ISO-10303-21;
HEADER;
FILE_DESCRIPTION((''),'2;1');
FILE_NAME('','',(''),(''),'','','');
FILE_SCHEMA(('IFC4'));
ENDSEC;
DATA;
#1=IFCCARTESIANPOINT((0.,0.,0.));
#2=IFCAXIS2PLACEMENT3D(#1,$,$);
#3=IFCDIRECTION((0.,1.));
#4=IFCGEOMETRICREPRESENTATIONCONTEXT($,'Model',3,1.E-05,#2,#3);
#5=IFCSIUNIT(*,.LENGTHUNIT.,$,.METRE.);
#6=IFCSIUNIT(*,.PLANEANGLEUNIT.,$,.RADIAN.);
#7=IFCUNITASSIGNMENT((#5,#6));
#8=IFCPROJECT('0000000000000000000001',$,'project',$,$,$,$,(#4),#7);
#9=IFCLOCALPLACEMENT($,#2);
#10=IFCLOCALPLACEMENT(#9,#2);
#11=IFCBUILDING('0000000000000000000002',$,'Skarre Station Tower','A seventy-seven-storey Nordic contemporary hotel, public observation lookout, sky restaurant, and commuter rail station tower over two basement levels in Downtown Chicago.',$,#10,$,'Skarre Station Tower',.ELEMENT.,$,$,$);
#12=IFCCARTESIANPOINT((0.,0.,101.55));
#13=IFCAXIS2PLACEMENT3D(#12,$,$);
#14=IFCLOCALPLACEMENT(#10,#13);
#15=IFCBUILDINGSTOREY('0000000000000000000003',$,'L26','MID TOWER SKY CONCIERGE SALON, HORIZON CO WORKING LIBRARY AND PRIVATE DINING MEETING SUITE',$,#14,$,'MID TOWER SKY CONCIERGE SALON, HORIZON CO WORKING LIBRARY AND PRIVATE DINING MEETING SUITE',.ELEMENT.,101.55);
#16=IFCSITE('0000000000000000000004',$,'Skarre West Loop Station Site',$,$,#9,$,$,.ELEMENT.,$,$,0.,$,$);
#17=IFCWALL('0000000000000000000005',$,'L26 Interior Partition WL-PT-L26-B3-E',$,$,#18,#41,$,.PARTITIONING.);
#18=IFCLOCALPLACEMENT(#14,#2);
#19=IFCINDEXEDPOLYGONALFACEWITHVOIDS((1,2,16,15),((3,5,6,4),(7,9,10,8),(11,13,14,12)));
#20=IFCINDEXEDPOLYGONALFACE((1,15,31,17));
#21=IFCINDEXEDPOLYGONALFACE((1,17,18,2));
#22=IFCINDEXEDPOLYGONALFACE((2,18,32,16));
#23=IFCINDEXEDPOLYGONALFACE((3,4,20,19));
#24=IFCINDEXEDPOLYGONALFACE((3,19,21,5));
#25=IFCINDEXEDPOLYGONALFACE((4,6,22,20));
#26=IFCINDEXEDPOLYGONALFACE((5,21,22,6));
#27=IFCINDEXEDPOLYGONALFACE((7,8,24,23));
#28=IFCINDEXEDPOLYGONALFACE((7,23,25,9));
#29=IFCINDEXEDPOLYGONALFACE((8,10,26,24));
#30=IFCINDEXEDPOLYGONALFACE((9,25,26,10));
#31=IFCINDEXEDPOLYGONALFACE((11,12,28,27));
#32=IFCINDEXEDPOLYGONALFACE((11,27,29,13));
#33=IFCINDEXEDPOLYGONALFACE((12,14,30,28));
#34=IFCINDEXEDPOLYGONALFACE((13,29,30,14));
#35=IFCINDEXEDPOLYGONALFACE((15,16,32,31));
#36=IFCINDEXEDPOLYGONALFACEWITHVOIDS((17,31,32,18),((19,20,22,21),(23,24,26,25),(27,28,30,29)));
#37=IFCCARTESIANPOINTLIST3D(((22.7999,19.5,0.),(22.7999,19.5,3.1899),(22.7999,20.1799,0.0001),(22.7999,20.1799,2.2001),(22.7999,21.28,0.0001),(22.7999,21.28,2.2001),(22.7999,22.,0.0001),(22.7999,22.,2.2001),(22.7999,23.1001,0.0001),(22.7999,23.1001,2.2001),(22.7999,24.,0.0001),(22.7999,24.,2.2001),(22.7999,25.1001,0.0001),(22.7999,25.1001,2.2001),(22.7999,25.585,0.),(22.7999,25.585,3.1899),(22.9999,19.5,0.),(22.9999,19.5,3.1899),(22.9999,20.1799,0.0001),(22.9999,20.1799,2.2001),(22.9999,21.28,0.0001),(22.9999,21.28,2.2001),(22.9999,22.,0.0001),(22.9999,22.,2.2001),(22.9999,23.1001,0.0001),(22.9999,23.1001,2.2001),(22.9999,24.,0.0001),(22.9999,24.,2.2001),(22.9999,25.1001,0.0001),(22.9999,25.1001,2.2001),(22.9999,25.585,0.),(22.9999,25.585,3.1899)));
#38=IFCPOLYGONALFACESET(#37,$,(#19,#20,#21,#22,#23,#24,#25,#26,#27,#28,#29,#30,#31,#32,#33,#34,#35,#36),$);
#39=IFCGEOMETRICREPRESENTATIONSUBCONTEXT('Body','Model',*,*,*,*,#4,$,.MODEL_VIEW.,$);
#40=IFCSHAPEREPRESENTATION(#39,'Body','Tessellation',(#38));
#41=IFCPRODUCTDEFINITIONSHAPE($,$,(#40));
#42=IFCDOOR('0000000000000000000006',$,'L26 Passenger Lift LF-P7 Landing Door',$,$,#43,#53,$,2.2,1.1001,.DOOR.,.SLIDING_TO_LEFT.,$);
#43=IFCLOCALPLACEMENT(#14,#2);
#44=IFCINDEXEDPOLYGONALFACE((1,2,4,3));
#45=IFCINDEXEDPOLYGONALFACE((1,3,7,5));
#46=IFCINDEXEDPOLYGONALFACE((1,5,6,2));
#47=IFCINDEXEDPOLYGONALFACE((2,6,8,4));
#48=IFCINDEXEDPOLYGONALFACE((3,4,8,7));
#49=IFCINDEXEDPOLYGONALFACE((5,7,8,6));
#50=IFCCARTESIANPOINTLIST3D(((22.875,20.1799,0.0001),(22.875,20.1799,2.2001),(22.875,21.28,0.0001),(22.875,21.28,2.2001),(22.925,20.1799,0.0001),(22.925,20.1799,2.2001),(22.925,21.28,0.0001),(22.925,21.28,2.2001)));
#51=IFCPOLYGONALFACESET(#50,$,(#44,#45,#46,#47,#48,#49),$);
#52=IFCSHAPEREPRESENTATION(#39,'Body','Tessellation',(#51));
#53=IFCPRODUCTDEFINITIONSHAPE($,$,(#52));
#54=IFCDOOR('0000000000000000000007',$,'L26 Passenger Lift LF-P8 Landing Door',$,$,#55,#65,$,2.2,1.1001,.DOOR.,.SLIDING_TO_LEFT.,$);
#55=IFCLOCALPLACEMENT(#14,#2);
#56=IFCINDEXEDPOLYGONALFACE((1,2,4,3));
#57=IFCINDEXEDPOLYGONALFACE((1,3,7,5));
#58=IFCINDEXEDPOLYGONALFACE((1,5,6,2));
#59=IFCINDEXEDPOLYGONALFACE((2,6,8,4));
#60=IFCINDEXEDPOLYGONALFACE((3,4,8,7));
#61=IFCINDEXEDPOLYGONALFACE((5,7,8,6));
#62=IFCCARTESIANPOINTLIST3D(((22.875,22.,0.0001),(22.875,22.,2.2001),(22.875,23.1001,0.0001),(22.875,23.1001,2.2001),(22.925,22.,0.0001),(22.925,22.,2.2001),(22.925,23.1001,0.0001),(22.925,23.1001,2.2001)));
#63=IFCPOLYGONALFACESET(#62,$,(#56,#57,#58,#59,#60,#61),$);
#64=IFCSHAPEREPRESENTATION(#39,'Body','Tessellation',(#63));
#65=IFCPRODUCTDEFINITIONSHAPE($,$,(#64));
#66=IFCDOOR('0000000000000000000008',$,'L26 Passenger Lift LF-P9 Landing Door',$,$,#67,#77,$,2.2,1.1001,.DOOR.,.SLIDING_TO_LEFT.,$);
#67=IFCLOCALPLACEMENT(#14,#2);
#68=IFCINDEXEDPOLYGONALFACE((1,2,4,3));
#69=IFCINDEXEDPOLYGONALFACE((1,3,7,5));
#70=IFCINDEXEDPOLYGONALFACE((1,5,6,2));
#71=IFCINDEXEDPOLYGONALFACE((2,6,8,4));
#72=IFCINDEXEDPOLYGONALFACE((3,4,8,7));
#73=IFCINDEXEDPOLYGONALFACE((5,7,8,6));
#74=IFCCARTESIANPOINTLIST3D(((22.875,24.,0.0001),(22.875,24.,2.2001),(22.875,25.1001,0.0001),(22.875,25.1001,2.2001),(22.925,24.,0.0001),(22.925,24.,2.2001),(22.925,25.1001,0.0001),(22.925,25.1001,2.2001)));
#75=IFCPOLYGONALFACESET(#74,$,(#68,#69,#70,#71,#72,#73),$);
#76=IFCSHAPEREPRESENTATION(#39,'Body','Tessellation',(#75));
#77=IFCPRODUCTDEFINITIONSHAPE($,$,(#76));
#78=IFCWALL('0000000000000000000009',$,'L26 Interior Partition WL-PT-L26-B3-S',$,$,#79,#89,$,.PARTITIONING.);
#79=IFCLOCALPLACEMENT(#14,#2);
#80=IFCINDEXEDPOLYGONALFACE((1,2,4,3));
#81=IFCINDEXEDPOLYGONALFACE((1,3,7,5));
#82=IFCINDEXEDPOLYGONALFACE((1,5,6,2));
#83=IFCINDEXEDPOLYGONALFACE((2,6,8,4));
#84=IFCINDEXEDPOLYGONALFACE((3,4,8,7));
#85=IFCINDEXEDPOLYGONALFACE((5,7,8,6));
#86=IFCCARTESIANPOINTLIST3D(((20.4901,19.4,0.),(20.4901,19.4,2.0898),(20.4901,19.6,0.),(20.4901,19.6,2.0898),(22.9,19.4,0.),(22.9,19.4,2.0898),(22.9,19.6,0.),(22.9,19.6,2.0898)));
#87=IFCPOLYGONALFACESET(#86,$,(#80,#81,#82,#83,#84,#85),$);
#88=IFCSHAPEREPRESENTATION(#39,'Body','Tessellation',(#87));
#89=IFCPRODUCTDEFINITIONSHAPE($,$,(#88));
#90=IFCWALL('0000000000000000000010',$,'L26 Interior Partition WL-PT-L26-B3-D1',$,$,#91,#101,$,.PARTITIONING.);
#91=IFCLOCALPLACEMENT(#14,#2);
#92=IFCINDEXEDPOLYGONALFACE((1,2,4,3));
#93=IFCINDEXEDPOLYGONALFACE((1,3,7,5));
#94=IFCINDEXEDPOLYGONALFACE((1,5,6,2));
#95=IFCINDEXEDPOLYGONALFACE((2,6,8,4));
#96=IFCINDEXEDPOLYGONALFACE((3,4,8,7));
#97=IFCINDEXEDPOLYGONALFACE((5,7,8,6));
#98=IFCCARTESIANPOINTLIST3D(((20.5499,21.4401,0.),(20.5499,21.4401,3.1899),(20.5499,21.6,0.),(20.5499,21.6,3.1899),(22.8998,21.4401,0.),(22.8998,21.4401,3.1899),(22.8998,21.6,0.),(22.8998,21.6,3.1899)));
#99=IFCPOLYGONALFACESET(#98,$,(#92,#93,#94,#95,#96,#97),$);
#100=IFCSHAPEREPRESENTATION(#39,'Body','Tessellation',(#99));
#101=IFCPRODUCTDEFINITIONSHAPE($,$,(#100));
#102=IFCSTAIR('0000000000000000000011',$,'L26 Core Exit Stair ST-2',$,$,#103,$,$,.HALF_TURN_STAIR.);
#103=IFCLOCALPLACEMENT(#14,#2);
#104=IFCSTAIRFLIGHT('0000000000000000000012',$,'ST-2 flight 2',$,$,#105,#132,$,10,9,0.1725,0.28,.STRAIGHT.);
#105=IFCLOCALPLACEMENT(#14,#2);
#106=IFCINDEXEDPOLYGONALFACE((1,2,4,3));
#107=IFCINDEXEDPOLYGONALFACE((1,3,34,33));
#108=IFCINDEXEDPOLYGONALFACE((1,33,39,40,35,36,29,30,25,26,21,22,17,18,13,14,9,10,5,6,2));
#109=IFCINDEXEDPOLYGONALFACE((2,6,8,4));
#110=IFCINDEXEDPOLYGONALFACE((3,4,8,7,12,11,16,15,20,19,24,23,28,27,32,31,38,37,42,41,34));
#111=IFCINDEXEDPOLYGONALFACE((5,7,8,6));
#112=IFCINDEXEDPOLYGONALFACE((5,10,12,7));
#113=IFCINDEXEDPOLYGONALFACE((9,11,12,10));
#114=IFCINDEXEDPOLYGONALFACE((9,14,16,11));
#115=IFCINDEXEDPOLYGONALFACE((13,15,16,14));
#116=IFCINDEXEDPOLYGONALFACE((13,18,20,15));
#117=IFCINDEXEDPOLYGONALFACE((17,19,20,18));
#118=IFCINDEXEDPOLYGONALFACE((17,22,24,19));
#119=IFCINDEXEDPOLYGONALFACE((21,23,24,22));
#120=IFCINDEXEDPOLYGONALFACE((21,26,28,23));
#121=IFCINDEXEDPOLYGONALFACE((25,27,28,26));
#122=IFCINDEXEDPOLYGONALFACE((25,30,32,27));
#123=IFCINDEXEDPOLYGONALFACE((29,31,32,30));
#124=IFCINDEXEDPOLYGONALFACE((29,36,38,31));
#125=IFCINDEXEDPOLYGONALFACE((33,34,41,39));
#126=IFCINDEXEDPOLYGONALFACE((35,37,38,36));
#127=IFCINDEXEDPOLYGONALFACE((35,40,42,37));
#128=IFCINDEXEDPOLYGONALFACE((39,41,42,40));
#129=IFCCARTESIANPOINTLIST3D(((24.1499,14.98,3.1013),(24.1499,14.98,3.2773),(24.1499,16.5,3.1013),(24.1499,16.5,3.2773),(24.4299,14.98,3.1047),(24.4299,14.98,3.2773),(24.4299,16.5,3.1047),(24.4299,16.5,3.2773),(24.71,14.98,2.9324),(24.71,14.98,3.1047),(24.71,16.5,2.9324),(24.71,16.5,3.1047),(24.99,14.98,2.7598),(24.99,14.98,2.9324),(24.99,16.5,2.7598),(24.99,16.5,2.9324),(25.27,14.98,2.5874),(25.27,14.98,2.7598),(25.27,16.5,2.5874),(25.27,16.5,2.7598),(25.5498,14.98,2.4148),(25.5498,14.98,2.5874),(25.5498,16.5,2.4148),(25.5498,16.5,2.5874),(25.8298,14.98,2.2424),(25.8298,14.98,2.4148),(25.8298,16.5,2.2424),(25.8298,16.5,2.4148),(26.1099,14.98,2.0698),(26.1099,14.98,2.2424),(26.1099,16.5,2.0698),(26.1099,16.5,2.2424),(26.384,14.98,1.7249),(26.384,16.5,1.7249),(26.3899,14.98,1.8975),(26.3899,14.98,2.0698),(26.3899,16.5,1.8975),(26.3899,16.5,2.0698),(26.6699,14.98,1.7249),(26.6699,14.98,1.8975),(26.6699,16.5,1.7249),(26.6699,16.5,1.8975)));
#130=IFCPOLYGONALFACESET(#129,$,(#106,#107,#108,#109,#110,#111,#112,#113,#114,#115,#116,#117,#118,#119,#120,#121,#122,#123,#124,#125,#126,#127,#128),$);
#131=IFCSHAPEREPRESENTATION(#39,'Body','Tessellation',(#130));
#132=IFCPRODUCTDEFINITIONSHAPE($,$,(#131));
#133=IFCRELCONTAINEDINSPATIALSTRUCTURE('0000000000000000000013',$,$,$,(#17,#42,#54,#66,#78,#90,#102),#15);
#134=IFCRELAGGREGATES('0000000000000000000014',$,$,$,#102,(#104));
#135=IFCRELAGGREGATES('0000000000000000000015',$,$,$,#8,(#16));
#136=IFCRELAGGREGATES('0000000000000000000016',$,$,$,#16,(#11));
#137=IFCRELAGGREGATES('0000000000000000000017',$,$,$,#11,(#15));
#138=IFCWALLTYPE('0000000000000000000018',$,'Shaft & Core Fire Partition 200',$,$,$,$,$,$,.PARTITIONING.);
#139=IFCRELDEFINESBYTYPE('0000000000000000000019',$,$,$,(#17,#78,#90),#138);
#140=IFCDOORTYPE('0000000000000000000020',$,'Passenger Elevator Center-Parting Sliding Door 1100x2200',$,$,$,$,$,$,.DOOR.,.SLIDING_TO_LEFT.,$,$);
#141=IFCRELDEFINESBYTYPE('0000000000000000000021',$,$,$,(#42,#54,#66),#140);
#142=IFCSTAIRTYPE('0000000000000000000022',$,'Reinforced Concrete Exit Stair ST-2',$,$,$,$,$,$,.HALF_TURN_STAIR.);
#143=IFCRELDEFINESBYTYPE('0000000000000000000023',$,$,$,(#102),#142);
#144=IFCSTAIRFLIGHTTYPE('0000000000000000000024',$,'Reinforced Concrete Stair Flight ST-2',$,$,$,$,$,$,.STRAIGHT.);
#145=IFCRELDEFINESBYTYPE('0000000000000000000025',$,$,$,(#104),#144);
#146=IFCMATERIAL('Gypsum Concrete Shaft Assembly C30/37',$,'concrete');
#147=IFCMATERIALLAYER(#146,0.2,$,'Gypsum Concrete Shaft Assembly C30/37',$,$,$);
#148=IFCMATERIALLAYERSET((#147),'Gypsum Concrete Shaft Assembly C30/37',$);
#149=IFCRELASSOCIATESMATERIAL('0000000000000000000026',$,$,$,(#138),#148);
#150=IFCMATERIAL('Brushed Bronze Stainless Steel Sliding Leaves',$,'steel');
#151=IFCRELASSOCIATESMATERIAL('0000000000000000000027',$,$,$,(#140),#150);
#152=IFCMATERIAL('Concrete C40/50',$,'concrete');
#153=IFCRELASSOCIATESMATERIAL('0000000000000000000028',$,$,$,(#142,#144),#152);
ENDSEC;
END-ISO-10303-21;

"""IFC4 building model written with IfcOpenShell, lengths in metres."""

from ifc_helpers import new_model, si_unit, direction, frame, frame_2d, origin, place, context, subcontext, project, spatial, polyline, rectangle, outline, extrude, material, layer, layer_set, type_object, element, fill, aggregate, save


model = new_model("IFC4")

# Units and contexts
model_context = context("Model", 3, precision=1e-05, world=origin(), true_north=direction((0.0, 1.0)))
body_context = subcontext(model_context, "Body", "Model", "MODEL_VIEW")
ifc_project = project(units=[si_unit("LENGTHUNIT", "METRE"), si_unit("PLANEANGLEUNIT", "RADIAN")], contexts=[model_context])

# Site, building, storey
site_placement = place(None, origin())
site = spatial("IfcSite", under=ifc_project, at=site_placement, Name="Skarre West Loop Station Site", CompositionType="ELEMENT", RefElevation=0.0)
building_placement = place(site_placement, origin())
building = spatial("IfcBuilding", under=site, at=building_placement, Name="Skarre Station Tower", Description="A seventy-seven-storey Nordic contemporary hotel, public observation lookout, sky restaurant, and commuter rail station tower over two basement levels in Downtown Chicago.", LongName="Skarre Station Tower", CompositionType="ELEMENT")
storey_placement = place(building_placement, frame((0.0, 0.0, 101.55)))
storey = spatial("IfcBuildingStorey", under=building, at=storey_placement, Name="L26", Description="MID TOWER SKY CONCIERGE SALON, HORIZON CO WORKING LIBRARY AND PRIVATE DINING MEETING SUITE", LongName="MID TOWER SKY CONCIERGE SALON, HORIZON CO WORKING LIBRARY AND PRIVATE DINING MEETING SUITE", CompositionType="ELEMENT", Elevation=101.55)

# Wall, openings, doors
ifc_material_1 = material(Name="Gypsum Concrete Shaft Assembly C30/37", Category="concrete")
ifc_layer_1 = layer(ifc_material_1, 0.2, Name="Gypsum Concrete Shaft Assembly C30/37")
ifc_layer_set_1 = layer_set([ifc_layer_1], Name="Gypsum Concrete Shaft Assembly C30/37")
wall_type_1 = type_object("IfcWallType", Name="Shaft & Core Fire Partition 200", PredefinedType="PARTITIONING", material=ifc_layer_set_1)
wall_1_placement = place(storey_placement, frame((22.8999, 19.5, 0.0), z_axis=(0.0, 0.0, 1.0), x_axis=(0.0, 1.0, 0.0)))
wall_1 = element("IfcWall", 1, at=wall_1_placement, inside=storey, type_object=wall_type_1, Name="L26 Interior Partition WL-PT-L26-B3-E", PredefinedType="PARTITIONING", context=body_context, shape_type="SweptSolid", body=[
    extrude(rectangle(XDim=6.085, YDim=0.2, at=frame_2d((3.0425, 0.0))), origin(), (0.0, 0.0, 1.0), 3.1899),
])
opening_1_placement = place(wall_1_placement, frame((0.6799, 0.0, 0.0)))
opening_1 = element("IfcOpeningElement", 2, at=opening_1_placement, cuts=wall_1, PredefinedType="OPENING", context=body_context, shape_type="SweptSolid", body=[
    extrude(rectangle(XDim=1.1001, YDim=2.2, at=frame_2d((0.55, 1.1001))), frame((0.0, 0.1099, 0.0), z_axis=(0.0, -1.0, 0.0), x_axis=(1.0, 0.0, 0.0)), (0.0, 0.0, 1.0), 0.22),
])
opening_2_placement = place(wall_1_placement, frame((2.5, 0.0, 0.0)))
opening_2 = element("IfcOpeningElement", 3, at=opening_2_placement, cuts=wall_1, PredefinedType="OPENING", context=body_context, shape_type="SweptSolid", body=[
    extrude(rectangle(XDim=1.1001, YDim=2.2, at=frame_2d((0.55, 1.1001))), frame((0.0, 0.1099, 0.0), z_axis=(0.0, -1.0, 0.0), x_axis=(1.0, 0.0, 0.0)), (0.0, 0.0, 1.0), 0.22),
])
opening_3_placement = place(wall_1_placement, frame((4.5, 0.0, 0.0)))
opening_3 = element("IfcOpeningElement", 4, at=opening_3_placement, cuts=wall_1, PredefinedType="OPENING", context=body_context, shape_type="SweptSolid", body=[
    extrude(rectangle(XDim=1.1001, YDim=2.2, at=frame_2d((0.55, 1.1001))), frame((0.0, 0.1099, 0.0), z_axis=(0.0, -1.0, 0.0), x_axis=(1.0, 0.0, 0.0)), (0.0, 0.0, 1.0), 0.22),
])
ifc_material_2 = material(Name="Brushed Bronze Stainless Steel Sliding Leaves", Category="steel")
door_type_1 = type_object("IfcDoorType", Name="Passenger Elevator Center-Parting Sliding Door 1100x2200", OperationType="SLIDING_TO_LEFT", PredefinedType="DOOR", material=ifc_material_2)
door_1_placement = place(opening_1_placement, origin())
door_1 = element("IfcDoor", 5, at=door_1_placement, inside=storey, type_object=door_type_1, Name="L26 Passenger Lift LF-P7 Landing Door", OperationType="SLIDING_TO_LEFT", OverallHeight=2.2, OverallWidth=1.1001, PredefinedType="DOOR", context=body_context, shape_type="SweptSolid", body=[
    extrude(rectangle(XDim=1.1001, YDim=2.2, at=frame_2d((0.55, 1.1001))), frame((0.0, 0.0249, 0.0), z_axis=(0.0, -1.0, 0.0), x_axis=(1.0, 0.0, 0.0)), (0.0, 0.0, 1.0), 0.05),
])
fill(opening_1, door_1)
door_2_placement = place(opening_2_placement, origin())
door_2 = element("IfcDoor", 6, at=door_2_placement, inside=storey, type_object=door_type_1, Name="L26 Passenger Lift LF-P8 Landing Door", OperationType="SLIDING_TO_LEFT", OverallHeight=2.2, OverallWidth=1.1001, PredefinedType="DOOR", context=body_context, shape_type="SweptSolid", body=[
    extrude(rectangle(XDim=1.1001, YDim=2.2, at=frame_2d((0.55, 1.1001))), frame((0.0, 0.0249, 0.0), z_axis=(0.0, -1.0, 0.0), x_axis=(1.0, 0.0, 0.0)), (0.0, 0.0, 1.0), 0.05),
])
fill(opening_2, door_2)
door_3_placement = place(opening_3_placement, origin())
door_3 = element("IfcDoor", 7, at=door_3_placement, inside=storey, type_object=door_type_1, Name="L26 Passenger Lift LF-P9 Landing Door", OperationType="SLIDING_TO_LEFT", OverallHeight=2.2, OverallWidth=1.1001, PredefinedType="DOOR", context=body_context, shape_type="SweptSolid", body=[
    extrude(rectangle(XDim=1.1001, YDim=2.2, at=frame_2d((0.55, 1.1001))), frame((0.0, 0.0249, 0.0), z_axis=(0.0, -1.0, 0.0), x_axis=(1.0, 0.0, 0.0)), (0.0, 0.0, 1.0), 0.05),
])
fill(opening_3, door_3)

# Walls
wall_2_placement = place(storey_placement, frame((20.49, 19.5, 0.0), z_axis=(0.0, 0.0, 1.0), x_axis=(1.0, 0.0, 0.0)))
element("IfcWall", 8, at=wall_2_placement, inside=storey, type_object=wall_type_1, Name="L26 Interior Partition WL-PT-L26-B3-S", PredefinedType="PARTITIONING", context=body_context, shape_type="SweptSolid", body=[
    extrude(rectangle(XDim=2.4099, YDim=0.2, at=frame_2d((1.2051, 0.0))), origin(), (0.0, 0.0, 1.0), 2.0898),
])
wall_3_placement = place(storey_placement, frame((20.55, 21.52, 0.0), z_axis=(0.0, 0.0, 1.0), x_axis=(1.0, 0.0, 0.0)))
element("IfcWall", 9, at=wall_3_placement, inside=storey, type_object=wall_type_1, Name="L26 Interior Partition WL-PT-L26-B3-D1", PredefinedType="PARTITIONING", context=body_context, shape_type="SweptSolid", body=[
    extrude(rectangle(XDim=2.3499, YDim=0.1599, at=frame_2d((1.1748, 0.0))), origin(), (0.0, 0.0, 1.0), 3.1899),
])

# Stair, stair flight
ifc_material_3 = material(Name="Concrete C40/50", Category="concrete")
stair_type = type_object("IfcStairType", Name="Reinforced Concrete Exit Stair ST-2", PredefinedType="HALF_TURN_STAIR", material=ifc_material_3)
stair_placement = place(storey_placement, origin())
stair = element("IfcStair", 10, at=stair_placement, inside=storey, type_object=stair_type, Name="L26 Core Exit Stair ST-2", PredefinedType="HALF_TURN_STAIR")
stair_flight_type = type_object("IfcStairFlightType", Name="Reinforced Concrete Stair Flight ST-2", PredefinedType="STRAIGHT", material=ifc_material_3)
stair_flight_placement = place(storey_placement, frame((26.6699, 15.74, 1.7249), z_axis=(0.0, 0.0, 1.0), x_axis=(-1.0, 0.0, 0.0)))
stair_flight = element("IfcStairFlight", 11, at=stair_flight_placement, type_object=stair_flight_type, Name="ST-2 flight 2", NumberOfRisers=10, NumberOfTreads=9, PredefinedType="STRAIGHT", RiserHeight=0.1725, TreadLength=0.28, context=body_context, shape_type="SweptSolid", body=[
    extrude(outline(polyline([(0.0, 0.0), (0.0, 0.1726), (0.28, 0.1726), (0.28, 0.345), (0.5601, 0.345), (0.5601, 0.5176), (0.8401, 0.5176), (0.8401, 0.6899), (1.1201, 0.6899), (1.1201, 0.8625), (1.3999, 0.8625), (1.3999, 1.0349), (1.6799, 1.0349), (1.6799, 1.2075), (1.96, 1.2075), (1.96, 1.3799), (2.24, 1.3799), (2.24, 1.5525), (2.52, 1.5525), (2.52, 1.7251), (2.52, 1.3765), (0.2859, 0.0), (0.0, 0.0)])), frame((0.0, 0.76, 0.0), z_axis=(0.0, -1.0, 0.0), x_axis=(1.0, 0.0, 0.0)), (0.0, 0.0, 1.0), 1.52),
])
aggregate(stair, [stair_flight])

save(model, "model.ifc")
